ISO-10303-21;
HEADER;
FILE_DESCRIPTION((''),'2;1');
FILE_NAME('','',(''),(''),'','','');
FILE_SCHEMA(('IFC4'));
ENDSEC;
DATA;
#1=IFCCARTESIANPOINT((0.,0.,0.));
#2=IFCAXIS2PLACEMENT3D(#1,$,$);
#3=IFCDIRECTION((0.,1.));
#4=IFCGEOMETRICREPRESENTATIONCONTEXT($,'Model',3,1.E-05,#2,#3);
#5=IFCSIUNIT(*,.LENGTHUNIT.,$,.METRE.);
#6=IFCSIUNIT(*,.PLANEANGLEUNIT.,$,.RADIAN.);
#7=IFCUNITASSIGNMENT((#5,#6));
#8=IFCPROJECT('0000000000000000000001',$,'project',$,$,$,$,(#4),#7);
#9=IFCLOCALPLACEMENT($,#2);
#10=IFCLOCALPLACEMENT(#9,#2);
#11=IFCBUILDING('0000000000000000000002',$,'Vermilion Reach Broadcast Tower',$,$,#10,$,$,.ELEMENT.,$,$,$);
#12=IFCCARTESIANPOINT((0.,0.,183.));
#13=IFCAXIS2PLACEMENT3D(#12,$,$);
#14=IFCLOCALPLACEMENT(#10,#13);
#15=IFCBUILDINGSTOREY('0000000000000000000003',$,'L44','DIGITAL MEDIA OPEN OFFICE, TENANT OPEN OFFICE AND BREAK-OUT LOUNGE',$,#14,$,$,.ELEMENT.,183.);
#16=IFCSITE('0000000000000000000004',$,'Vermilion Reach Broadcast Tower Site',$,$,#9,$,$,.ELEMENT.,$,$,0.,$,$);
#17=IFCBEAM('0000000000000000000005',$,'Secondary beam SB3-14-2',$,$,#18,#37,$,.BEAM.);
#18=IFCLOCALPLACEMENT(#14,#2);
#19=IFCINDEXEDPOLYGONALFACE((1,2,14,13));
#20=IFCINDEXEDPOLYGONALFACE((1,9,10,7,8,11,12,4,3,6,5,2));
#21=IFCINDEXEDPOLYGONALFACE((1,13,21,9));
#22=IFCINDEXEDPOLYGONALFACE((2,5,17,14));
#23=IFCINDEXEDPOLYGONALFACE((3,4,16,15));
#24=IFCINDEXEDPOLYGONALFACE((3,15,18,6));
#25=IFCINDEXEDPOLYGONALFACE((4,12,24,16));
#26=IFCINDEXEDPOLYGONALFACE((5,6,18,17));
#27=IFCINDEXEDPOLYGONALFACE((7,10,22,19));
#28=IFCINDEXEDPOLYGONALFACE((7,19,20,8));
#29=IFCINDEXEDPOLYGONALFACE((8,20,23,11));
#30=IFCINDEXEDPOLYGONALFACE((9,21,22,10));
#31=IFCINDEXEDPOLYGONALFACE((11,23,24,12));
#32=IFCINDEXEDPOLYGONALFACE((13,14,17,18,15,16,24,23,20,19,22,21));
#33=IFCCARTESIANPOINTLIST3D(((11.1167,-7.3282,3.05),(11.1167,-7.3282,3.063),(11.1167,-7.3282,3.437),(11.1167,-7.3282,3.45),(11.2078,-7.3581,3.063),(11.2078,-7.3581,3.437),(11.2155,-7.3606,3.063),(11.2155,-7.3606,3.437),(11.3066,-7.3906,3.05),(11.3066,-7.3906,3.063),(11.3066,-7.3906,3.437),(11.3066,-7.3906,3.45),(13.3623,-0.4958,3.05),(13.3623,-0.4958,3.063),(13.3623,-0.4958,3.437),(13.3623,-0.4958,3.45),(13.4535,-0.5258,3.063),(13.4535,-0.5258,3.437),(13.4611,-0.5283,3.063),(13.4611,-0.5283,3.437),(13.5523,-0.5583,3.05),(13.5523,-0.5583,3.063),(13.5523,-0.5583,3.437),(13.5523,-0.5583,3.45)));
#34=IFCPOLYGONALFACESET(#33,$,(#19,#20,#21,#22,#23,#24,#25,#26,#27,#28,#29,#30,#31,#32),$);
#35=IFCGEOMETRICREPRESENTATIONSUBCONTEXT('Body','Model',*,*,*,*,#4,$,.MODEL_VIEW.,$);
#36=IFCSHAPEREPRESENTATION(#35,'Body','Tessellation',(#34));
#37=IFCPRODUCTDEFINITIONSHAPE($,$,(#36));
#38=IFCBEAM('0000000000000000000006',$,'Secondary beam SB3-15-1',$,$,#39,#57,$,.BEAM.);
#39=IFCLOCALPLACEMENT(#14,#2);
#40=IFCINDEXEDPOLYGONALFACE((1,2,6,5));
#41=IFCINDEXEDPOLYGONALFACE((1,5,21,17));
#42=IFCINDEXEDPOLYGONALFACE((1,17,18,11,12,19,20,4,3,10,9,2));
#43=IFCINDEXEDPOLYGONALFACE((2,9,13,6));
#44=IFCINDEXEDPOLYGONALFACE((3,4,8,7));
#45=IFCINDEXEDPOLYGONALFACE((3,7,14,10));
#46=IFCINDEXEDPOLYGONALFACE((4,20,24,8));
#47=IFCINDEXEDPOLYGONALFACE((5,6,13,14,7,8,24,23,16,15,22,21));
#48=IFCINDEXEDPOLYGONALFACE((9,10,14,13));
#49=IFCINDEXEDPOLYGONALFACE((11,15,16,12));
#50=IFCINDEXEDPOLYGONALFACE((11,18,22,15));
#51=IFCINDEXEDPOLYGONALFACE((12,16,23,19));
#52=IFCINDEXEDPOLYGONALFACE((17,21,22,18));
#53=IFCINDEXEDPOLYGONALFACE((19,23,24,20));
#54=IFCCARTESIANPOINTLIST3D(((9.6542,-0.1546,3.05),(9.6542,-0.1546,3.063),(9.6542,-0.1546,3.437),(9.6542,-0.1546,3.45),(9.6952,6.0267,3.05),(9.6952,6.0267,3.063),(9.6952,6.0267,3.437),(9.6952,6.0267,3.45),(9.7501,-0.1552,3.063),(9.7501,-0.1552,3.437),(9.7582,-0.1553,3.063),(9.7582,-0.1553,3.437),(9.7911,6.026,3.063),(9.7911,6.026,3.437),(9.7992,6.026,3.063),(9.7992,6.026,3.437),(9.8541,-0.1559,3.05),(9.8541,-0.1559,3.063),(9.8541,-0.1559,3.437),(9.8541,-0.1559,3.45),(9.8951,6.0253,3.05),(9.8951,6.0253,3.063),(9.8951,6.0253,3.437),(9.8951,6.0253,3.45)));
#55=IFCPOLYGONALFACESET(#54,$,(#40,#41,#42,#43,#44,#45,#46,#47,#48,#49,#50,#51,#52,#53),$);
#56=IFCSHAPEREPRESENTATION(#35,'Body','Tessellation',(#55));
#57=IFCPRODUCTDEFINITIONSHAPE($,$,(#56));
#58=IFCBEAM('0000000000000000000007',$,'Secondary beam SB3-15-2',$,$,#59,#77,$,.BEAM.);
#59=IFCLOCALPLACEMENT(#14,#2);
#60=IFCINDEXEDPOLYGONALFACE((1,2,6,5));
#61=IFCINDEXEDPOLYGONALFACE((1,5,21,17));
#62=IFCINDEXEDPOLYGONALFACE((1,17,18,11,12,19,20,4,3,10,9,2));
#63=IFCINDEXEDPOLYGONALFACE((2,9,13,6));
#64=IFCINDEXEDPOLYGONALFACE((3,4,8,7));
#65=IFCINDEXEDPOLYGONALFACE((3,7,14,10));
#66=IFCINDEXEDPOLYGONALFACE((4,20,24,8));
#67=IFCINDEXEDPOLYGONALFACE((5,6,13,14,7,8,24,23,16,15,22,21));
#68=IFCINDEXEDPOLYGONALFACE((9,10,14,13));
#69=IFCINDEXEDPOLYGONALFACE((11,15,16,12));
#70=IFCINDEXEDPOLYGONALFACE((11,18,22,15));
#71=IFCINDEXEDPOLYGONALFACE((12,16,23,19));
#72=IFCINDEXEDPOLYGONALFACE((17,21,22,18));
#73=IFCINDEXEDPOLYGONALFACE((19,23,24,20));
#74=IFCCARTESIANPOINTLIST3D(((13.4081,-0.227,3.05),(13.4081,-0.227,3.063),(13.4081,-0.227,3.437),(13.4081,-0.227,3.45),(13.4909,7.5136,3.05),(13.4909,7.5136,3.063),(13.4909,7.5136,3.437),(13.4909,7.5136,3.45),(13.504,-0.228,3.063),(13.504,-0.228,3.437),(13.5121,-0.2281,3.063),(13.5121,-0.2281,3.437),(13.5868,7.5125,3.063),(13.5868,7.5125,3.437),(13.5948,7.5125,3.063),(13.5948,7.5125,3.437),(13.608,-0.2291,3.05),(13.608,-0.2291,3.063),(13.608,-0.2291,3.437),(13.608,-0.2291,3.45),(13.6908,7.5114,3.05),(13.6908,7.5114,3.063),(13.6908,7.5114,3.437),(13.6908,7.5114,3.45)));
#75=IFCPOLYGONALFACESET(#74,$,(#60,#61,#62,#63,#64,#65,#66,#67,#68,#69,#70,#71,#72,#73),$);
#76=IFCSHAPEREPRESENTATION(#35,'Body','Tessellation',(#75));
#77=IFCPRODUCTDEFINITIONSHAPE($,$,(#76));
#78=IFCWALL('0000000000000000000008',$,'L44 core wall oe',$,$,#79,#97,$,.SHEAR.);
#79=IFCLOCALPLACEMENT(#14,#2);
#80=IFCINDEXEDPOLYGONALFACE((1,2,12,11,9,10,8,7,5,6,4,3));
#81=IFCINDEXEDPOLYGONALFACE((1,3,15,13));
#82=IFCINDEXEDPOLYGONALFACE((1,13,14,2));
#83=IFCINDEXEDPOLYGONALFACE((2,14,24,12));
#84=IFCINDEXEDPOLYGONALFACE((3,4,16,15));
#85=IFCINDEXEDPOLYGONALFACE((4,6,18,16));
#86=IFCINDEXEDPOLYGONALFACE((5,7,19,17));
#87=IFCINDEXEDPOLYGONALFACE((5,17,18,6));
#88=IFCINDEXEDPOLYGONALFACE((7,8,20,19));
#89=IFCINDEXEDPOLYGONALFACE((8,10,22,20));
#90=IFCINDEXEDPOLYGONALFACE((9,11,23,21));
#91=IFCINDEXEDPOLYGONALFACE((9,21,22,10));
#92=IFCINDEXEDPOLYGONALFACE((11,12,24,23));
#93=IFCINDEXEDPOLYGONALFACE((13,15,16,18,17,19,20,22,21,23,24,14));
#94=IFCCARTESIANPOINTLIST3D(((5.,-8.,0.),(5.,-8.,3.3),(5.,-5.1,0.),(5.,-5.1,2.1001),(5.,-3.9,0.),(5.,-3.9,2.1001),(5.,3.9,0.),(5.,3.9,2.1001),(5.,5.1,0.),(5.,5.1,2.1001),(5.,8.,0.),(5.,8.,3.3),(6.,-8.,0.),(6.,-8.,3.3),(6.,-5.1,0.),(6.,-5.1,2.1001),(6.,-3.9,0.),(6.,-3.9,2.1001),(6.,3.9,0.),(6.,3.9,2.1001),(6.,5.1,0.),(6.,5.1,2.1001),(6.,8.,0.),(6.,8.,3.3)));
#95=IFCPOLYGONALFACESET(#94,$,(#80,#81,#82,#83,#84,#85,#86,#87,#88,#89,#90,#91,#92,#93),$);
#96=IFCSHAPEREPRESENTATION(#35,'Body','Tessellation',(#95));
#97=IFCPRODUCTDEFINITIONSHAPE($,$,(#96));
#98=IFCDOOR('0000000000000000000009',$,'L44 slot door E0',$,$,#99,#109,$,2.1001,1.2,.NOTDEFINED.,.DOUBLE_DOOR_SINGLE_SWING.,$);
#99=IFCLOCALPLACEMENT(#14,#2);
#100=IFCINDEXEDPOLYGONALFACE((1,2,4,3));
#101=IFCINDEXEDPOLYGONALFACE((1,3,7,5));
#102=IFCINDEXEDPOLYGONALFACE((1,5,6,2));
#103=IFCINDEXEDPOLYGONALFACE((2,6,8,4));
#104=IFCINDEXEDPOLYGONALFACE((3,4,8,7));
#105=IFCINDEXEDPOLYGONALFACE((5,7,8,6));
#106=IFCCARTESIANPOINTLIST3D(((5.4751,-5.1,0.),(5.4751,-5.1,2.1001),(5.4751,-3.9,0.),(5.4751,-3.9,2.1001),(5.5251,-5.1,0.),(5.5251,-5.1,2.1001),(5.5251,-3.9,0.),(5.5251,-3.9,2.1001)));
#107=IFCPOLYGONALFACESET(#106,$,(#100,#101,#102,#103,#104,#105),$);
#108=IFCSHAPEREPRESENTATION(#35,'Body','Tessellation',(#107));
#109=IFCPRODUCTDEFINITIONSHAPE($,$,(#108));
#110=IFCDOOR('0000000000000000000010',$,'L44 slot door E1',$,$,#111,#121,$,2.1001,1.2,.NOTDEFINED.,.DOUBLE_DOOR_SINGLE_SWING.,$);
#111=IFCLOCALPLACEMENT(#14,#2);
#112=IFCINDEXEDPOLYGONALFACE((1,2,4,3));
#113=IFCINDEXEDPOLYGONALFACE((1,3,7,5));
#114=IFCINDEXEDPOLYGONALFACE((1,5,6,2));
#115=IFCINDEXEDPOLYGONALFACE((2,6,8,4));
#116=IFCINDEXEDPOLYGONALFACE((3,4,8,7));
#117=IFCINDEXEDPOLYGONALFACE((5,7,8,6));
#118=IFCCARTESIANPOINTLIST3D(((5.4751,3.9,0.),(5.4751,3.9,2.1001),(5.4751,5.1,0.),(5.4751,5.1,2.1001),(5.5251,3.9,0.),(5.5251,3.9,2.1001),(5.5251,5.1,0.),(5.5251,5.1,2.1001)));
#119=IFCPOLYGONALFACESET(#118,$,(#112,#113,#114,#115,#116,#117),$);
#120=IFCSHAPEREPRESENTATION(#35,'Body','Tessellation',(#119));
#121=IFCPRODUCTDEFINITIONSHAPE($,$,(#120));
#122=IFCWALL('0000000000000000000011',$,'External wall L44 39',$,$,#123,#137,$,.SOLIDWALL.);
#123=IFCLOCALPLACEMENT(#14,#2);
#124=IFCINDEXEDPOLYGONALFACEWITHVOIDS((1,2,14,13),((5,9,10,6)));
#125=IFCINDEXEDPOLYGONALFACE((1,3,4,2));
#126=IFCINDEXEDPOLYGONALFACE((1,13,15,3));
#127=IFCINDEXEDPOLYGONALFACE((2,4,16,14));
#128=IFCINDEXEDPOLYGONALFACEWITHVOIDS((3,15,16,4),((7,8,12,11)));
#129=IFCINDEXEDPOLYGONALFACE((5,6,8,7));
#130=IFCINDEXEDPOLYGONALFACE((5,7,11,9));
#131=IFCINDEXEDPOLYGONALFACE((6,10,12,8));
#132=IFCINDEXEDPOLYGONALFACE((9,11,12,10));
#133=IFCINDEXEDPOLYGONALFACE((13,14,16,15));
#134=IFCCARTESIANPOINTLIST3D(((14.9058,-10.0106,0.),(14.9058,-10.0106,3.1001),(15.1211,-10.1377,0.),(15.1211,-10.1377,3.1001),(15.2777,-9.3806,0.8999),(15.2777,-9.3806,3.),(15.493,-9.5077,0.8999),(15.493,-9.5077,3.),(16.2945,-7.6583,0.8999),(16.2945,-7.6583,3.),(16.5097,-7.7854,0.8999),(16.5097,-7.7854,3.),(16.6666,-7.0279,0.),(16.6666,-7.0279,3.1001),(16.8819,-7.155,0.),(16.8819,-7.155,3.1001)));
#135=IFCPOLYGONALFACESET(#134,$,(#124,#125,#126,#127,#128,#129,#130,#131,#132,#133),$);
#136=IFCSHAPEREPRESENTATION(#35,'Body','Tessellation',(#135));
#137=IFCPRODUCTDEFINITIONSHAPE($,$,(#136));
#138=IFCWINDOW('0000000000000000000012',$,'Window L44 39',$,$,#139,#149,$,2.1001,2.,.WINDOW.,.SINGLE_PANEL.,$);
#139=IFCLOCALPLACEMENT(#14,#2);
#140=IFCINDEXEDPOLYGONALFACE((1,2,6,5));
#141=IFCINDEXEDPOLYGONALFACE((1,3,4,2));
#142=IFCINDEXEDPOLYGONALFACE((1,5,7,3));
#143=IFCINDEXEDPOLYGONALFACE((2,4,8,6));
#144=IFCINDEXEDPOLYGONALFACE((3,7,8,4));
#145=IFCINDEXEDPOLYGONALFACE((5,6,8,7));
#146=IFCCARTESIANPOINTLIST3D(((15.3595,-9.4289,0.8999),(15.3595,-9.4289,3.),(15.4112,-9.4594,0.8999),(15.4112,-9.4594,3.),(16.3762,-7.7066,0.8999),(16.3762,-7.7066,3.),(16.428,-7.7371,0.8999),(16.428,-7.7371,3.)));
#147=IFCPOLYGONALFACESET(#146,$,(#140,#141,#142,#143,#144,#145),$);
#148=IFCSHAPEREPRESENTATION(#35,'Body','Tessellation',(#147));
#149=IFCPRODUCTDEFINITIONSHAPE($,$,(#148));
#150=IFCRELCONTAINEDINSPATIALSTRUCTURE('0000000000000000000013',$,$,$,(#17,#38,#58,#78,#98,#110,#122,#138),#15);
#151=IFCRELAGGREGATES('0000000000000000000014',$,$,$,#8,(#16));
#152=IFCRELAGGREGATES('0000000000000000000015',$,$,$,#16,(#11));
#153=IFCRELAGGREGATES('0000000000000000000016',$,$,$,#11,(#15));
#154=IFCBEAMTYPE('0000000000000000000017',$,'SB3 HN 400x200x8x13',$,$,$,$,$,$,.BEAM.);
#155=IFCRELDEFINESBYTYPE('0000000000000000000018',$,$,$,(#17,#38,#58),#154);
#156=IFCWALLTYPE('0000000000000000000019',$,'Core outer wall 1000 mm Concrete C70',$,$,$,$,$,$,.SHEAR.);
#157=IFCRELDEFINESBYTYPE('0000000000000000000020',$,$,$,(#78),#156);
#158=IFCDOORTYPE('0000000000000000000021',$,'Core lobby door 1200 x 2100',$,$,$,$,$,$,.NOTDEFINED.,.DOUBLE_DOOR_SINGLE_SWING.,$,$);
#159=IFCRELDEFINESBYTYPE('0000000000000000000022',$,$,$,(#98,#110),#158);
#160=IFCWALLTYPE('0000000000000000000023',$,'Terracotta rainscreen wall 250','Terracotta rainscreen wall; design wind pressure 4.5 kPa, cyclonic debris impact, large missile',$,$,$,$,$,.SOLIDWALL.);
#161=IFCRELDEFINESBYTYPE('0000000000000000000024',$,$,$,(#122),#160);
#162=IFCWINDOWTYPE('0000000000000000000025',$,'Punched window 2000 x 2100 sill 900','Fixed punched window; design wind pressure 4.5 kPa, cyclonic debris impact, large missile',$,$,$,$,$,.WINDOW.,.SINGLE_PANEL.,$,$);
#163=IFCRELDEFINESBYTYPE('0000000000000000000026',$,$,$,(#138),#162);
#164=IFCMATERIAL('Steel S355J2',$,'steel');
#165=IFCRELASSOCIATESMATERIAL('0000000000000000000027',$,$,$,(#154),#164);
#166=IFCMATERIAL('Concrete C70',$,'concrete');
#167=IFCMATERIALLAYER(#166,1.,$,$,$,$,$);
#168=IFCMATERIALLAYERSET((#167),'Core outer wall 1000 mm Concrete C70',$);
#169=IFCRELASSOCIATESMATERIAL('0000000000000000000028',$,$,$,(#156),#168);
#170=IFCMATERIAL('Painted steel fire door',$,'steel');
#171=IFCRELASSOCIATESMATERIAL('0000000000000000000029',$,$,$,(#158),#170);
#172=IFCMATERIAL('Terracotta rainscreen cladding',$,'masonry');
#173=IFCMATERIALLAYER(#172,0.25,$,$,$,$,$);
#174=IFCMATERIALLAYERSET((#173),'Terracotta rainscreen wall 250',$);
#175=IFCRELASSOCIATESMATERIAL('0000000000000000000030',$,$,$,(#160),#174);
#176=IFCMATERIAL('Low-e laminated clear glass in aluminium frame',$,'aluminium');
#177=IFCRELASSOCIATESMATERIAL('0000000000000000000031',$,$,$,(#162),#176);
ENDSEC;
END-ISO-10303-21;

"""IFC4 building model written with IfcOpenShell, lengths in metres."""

from ifc_helpers import new_model, si_unit, direction, frame, frame_2d, origin, origin_2d, place, context, subcontext, project, spatial, rectangle, i_section, extrude, material, layer, layer_set, material_profile, profile_set, type_object, element, fill, save


model = new_model("IFC4")

# Units and contexts
model_context = context("Model", 3, precision=1e-05, world=origin(), true_north=direction((0.0, 1.0)))
body_context = subcontext(model_context, "Body", "Model", "MODEL_VIEW")
ifc_project = project(units=[si_unit("LENGTHUNIT", "METRE"), si_unit("PLANEANGLEUNIT", "RADIAN")], contexts=[model_context])

# Site, building, storey
site_placement = place(None, origin())
site = spatial("IfcSite", under=ifc_project, at=site_placement, Name="Vermilion Reach Broadcast Tower Site", CompositionType="ELEMENT", RefElevation=0.0)
building_placement = place(site_placement, origin())
building = spatial("IfcBuilding", under=site, at=building_placement, Name="Vermilion Reach Broadcast Tower", CompositionType="ELEMENT")
storey_placement = place(building_placement, frame((0.0, 0.0, 183.0)))
storey = spatial("IfcBuildingStorey", under=building, at=storey_placement, Name="L44", Description="DIGITAL MEDIA OPEN OFFICE, TENANT OPEN OFFICE AND BREAK-OUT LOUNGE", CompositionType="ELEMENT", Elevation=183.0)

# Beams
ifc_material_1 = material(Name="Steel S355J2", Category="steel")
ifc_material_profile_1 = material_profile(ifc_material_1, i_section(OverallWidth=0.2, OverallDepth=0.3999, WebThickness=0.0081, FlangeThickness=0.0129, at=origin_2d()), Name="S355J2 HN 400x200x8x13")
ifc_profile_set_1 = profile_set([ifc_material_profile_1], Name="Steel S355J2")
beam_type_1 = type_object("IfcBeamType", Name="SB3 HN 400x200x8x13", PredefinedType="BEAM", material=ifc_profile_set_1)
beam_1_placement = place(storey_placement, frame((11.2117, -7.3594, 3.25), z_axis=(0.312243, 0.950002, 0.0), x_axis=(-0.950002, 0.312243, 0.0)))
element("IfcBeam", 1, at=beam_1_placement, inside=storey, type_object=beam_type_1, Name="Secondary beam SB3-14-2", PredefinedType="BEAM", context=body_context, shape_type="SweptSolid", body=[
    extrude(i_section(OverallWidth=0.2, OverallDepth=0.3999, WebThickness=0.0081, FlangeThickness=0.0129, at=origin_2d()), origin(), (0.0, 0.0, 1.0), 7.1919),
])
beam_2_placement = place(storey_placement, frame((9.7542, -0.1553, 3.25), z_axis=(0.006635, 0.999978, 0.0), x_axis=(-0.999978, 0.006635, 0.0)))
element("IfcBeam", 2, at=beam_2_placement, inside=storey, type_object=beam_type_1, Name="Secondary beam SB3-15-1", PredefinedType="BEAM", context=body_context, shape_type="SweptSolid", body=[
    extrude(i_section(OverallWidth=0.2, OverallDepth=0.3999, WebThickness=0.0081, FlangeThickness=0.0129, at=origin_2d()), origin(), (0.0, 0.0, 1.0), 6.1814),
])
beam_3_placement = place(storey_placement, frame((13.5081, -0.228, 3.25), z_axis=(0.010692, 0.999943, 0.0), x_axis=(-0.999943, 0.010692, 0.0)))
element("IfcBeam", 3, at=beam_3_placement, inside=storey, type_object=beam_type_1, Name="Secondary beam SB3-15-2", PredefinedType="BEAM", context=body_context, shape_type="SweptSolid", body=[
    extrude(i_section(OverallWidth=0.2, OverallDepth=0.3999, WebThickness=0.0081, FlangeThickness=0.0129, at=origin_2d()), origin(), (0.0, 0.0, 1.0), 7.741),
])

# Wall, openings, doors
ifc_material_2 = material(Name="Concrete C70", Category="concrete")
ifc_layer_1 = layer(ifc_material_2, 1.0)
ifc_layer_set_1 = layer_set([ifc_layer_1], Name="Core outer wall 1000 mm Concrete C70")
wall_type_1 = type_object("IfcWallType", Name="Core outer wall 1000 mm Concrete C70", PredefinedType="SHEAR", material=ifc_layer_set_1)
wall_1_placement = place(storey_placement, frame((5.5, -8.0, 0.0), z_axis=(0.0, 0.0, 1.0), x_axis=(0.0, 1.0, 0.0)))
wall_1 = element("IfcWall", 4, at=wall_1_placement, inside=storey, type_object=wall_type_1, Name="L44 core wall oe", PredefinedType="SHEAR", context=body_context, shape_type="SweptSolid", body=[
    extrude(rectangle(XDim=16.0, YDim=1.0, at=frame_2d((8.0, 0.0))), origin(), (0.0, 0.0, 1.0), 3.3),
])
opening_1_placement = place(wall_1_placement, frame((2.8999, 0.0, 0.0)))
opening_1 = element("IfcOpeningElement", 5, at=opening_1_placement, cuts=wall_1, PredefinedType="OPENING", context=body_context, shape_type="SweptSolid", body=[
    extrude(rectangle(XDim=1.2, YDim=2.1001, at=frame_2d((0.6001, 1.05))), frame((0.0, 0.51, 0.0), z_axis=(0.0, -1.0, 0.0), x_axis=(1.0, 0.0, 0.0)), (0.0, 0.0, 1.0), 1.02),
])
opening_2_placement = place(wall_1_placement, frame((11.8999, 0.0, 0.0)))
opening_2 = element("IfcOpeningElement", 6, at=opening_2_placement, cuts=wall_1, PredefinedType="OPENING", context=body_context, shape_type="SweptSolid", body=[
    extrude(rectangle(XDim=1.2, YDim=2.1001, at=frame_2d((0.6001, 1.05))), frame((0.0, 0.51, 0.0), z_axis=(0.0, -1.0, 0.0), x_axis=(1.0, 0.0, 0.0)), (0.0, 0.0, 1.0), 1.02),
])
ifc_material_3 = material(Name="Painted steel fire door", Category="steel")
door_type_1 = type_object("IfcDoorType", Name="Core lobby door 1200 x 2100", OperationType="DOUBLE_DOOR_SINGLE_SWING", PredefinedType="NOTDEFINED", material=ifc_material_3)
door_1_placement = place(opening_1_placement, origin())
door_1 = element("IfcDoor", 7, at=door_1_placement, inside=storey, type_object=door_type_1, Name="L44 slot door E0", OperationType="DOUBLE_DOOR_SINGLE_SWING", OverallHeight=2.1001, OverallWidth=1.2, PredefinedType="NOTDEFINED", context=body_context, shape_type="SweptSolid", body=[
    extrude(rectangle(XDim=1.2, YDim=2.1001, at=frame_2d((0.6001, 1.05))), frame((0.0, 0.0249, 0.0), z_axis=(0.0, -1.0, 0.0), x_axis=(1.0, 0.0, 0.0)), (0.0, 0.0, 1.0), 0.05),
])
fill(opening_1, door_1)
door_2_placement = place(opening_2_placement, origin())
door_2 = element("IfcDoor", 8, at=door_2_placement, inside=storey, type_object=door_type_1, Name="L44 slot door E1", OperationType="DOUBLE_DOOR_SINGLE_SWING", OverallHeight=2.1001, OverallWidth=1.2, PredefinedType="NOTDEFINED", context=body_context, shape_type="SweptSolid", body=[
    extrude(rectangle(XDim=1.2, YDim=2.1001, at=frame_2d((0.6001, 1.05))), frame((0.0, 0.0249, 0.0), z_axis=(0.0, -1.0, 0.0), x_axis=(1.0, 0.0, 0.0)), (0.0, 0.0, 1.0), 0.05),
])
fill(opening_2, door_2)

# Wall, opening, window
ifc_material_4 = material(Name="Terracotta rainscreen cladding", Category="masonry")
ifc_layer_2 = layer(ifc_material_4, 0.25)
ifc_layer_set_2 = layer_set([ifc_layer_2], Name="Terracotta rainscreen wall 250")
wall_type_2 = type_object("IfcWallType", Name="Terracotta rainscreen wall 250", Description="Terracotta rainscreen wall; design wind pressure 4.5 kPa, cyclonic debris impact, large missile", PredefinedType="SOLIDWALL", material=ifc_layer_set_2)
wall_2_placement = place(storey_placement, frame((15.0134, -10.0742, 0.0), z_axis=(0.0, 0.0, 1.0), x_axis=(0.508356, 0.861147, 0.0)))
wall_2 = element("IfcWall", 9, at=wall_2_placement, inside=storey, type_object=wall_type_2, Name="External wall L44 39", PredefinedType="SOLIDWALL", context=body_context, shape_type="SweptSolid", body=[
    extrude(rectangle(XDim=3.4636, YDim=0.25, at=frame_2d((1.7319, 0.0))), origin(), (0.0, 0.0, 1.0), 3.1001),
])
opening_3_placement = place(wall_2_placement, frame((0.7317, 0.0, 0.8999)))
opening_3 = element("IfcOpeningElement", 10, at=opening_3_placement, cuts=wall_2, PredefinedType="OPENING", context=body_context, shape_type="SweptSolid", body=[
    extrude(rectangle(XDim=2.0, YDim=2.1001, at=frame_2d((1.0, 1.05))), frame((0.0, 0.135, 0.0), z_axis=(0.0, -1.0, 0.0), x_axis=(1.0, 0.0, 0.0)), (0.0, 0.0, 1.0), 0.27),
])
ifc_material_5 = material(Name="Low-e laminated clear glass in aluminium frame", Category="aluminium")
window_type = type_object("IfcWindowType", Name="Punched window 2000 x 2100 sill 900", Description="Fixed punched window; design wind pressure 4.5 kPa, cyclonic debris impact, large missile", PartitioningType="SINGLE_PANEL", PredefinedType="WINDOW", material=ifc_material_5)
window_1_placement = place(opening_3_placement, origin())
window_1 = element("IfcWindow", 11, at=window_1_placement, inside=storey, type_object=window_type, Name="Window L44 39", OverallHeight=2.1001, OverallWidth=2.0, PartitioningType="SINGLE_PANEL", PredefinedType="WINDOW", context=body_context, shape_type="SweptSolid", body=[
    extrude(rectangle(XDim=2.0, YDim=2.1001, at=frame_2d((1.0, 1.05))), frame((0.0, 0.03, 0.0), z_axis=(0.0, -1.0, 0.0), x_axis=(1.0, 0.0, 0.0)), (0.0, 0.0, 1.0), 0.0601),
])
fill(opening_3, window_1)

save(model, "model.ifc")
